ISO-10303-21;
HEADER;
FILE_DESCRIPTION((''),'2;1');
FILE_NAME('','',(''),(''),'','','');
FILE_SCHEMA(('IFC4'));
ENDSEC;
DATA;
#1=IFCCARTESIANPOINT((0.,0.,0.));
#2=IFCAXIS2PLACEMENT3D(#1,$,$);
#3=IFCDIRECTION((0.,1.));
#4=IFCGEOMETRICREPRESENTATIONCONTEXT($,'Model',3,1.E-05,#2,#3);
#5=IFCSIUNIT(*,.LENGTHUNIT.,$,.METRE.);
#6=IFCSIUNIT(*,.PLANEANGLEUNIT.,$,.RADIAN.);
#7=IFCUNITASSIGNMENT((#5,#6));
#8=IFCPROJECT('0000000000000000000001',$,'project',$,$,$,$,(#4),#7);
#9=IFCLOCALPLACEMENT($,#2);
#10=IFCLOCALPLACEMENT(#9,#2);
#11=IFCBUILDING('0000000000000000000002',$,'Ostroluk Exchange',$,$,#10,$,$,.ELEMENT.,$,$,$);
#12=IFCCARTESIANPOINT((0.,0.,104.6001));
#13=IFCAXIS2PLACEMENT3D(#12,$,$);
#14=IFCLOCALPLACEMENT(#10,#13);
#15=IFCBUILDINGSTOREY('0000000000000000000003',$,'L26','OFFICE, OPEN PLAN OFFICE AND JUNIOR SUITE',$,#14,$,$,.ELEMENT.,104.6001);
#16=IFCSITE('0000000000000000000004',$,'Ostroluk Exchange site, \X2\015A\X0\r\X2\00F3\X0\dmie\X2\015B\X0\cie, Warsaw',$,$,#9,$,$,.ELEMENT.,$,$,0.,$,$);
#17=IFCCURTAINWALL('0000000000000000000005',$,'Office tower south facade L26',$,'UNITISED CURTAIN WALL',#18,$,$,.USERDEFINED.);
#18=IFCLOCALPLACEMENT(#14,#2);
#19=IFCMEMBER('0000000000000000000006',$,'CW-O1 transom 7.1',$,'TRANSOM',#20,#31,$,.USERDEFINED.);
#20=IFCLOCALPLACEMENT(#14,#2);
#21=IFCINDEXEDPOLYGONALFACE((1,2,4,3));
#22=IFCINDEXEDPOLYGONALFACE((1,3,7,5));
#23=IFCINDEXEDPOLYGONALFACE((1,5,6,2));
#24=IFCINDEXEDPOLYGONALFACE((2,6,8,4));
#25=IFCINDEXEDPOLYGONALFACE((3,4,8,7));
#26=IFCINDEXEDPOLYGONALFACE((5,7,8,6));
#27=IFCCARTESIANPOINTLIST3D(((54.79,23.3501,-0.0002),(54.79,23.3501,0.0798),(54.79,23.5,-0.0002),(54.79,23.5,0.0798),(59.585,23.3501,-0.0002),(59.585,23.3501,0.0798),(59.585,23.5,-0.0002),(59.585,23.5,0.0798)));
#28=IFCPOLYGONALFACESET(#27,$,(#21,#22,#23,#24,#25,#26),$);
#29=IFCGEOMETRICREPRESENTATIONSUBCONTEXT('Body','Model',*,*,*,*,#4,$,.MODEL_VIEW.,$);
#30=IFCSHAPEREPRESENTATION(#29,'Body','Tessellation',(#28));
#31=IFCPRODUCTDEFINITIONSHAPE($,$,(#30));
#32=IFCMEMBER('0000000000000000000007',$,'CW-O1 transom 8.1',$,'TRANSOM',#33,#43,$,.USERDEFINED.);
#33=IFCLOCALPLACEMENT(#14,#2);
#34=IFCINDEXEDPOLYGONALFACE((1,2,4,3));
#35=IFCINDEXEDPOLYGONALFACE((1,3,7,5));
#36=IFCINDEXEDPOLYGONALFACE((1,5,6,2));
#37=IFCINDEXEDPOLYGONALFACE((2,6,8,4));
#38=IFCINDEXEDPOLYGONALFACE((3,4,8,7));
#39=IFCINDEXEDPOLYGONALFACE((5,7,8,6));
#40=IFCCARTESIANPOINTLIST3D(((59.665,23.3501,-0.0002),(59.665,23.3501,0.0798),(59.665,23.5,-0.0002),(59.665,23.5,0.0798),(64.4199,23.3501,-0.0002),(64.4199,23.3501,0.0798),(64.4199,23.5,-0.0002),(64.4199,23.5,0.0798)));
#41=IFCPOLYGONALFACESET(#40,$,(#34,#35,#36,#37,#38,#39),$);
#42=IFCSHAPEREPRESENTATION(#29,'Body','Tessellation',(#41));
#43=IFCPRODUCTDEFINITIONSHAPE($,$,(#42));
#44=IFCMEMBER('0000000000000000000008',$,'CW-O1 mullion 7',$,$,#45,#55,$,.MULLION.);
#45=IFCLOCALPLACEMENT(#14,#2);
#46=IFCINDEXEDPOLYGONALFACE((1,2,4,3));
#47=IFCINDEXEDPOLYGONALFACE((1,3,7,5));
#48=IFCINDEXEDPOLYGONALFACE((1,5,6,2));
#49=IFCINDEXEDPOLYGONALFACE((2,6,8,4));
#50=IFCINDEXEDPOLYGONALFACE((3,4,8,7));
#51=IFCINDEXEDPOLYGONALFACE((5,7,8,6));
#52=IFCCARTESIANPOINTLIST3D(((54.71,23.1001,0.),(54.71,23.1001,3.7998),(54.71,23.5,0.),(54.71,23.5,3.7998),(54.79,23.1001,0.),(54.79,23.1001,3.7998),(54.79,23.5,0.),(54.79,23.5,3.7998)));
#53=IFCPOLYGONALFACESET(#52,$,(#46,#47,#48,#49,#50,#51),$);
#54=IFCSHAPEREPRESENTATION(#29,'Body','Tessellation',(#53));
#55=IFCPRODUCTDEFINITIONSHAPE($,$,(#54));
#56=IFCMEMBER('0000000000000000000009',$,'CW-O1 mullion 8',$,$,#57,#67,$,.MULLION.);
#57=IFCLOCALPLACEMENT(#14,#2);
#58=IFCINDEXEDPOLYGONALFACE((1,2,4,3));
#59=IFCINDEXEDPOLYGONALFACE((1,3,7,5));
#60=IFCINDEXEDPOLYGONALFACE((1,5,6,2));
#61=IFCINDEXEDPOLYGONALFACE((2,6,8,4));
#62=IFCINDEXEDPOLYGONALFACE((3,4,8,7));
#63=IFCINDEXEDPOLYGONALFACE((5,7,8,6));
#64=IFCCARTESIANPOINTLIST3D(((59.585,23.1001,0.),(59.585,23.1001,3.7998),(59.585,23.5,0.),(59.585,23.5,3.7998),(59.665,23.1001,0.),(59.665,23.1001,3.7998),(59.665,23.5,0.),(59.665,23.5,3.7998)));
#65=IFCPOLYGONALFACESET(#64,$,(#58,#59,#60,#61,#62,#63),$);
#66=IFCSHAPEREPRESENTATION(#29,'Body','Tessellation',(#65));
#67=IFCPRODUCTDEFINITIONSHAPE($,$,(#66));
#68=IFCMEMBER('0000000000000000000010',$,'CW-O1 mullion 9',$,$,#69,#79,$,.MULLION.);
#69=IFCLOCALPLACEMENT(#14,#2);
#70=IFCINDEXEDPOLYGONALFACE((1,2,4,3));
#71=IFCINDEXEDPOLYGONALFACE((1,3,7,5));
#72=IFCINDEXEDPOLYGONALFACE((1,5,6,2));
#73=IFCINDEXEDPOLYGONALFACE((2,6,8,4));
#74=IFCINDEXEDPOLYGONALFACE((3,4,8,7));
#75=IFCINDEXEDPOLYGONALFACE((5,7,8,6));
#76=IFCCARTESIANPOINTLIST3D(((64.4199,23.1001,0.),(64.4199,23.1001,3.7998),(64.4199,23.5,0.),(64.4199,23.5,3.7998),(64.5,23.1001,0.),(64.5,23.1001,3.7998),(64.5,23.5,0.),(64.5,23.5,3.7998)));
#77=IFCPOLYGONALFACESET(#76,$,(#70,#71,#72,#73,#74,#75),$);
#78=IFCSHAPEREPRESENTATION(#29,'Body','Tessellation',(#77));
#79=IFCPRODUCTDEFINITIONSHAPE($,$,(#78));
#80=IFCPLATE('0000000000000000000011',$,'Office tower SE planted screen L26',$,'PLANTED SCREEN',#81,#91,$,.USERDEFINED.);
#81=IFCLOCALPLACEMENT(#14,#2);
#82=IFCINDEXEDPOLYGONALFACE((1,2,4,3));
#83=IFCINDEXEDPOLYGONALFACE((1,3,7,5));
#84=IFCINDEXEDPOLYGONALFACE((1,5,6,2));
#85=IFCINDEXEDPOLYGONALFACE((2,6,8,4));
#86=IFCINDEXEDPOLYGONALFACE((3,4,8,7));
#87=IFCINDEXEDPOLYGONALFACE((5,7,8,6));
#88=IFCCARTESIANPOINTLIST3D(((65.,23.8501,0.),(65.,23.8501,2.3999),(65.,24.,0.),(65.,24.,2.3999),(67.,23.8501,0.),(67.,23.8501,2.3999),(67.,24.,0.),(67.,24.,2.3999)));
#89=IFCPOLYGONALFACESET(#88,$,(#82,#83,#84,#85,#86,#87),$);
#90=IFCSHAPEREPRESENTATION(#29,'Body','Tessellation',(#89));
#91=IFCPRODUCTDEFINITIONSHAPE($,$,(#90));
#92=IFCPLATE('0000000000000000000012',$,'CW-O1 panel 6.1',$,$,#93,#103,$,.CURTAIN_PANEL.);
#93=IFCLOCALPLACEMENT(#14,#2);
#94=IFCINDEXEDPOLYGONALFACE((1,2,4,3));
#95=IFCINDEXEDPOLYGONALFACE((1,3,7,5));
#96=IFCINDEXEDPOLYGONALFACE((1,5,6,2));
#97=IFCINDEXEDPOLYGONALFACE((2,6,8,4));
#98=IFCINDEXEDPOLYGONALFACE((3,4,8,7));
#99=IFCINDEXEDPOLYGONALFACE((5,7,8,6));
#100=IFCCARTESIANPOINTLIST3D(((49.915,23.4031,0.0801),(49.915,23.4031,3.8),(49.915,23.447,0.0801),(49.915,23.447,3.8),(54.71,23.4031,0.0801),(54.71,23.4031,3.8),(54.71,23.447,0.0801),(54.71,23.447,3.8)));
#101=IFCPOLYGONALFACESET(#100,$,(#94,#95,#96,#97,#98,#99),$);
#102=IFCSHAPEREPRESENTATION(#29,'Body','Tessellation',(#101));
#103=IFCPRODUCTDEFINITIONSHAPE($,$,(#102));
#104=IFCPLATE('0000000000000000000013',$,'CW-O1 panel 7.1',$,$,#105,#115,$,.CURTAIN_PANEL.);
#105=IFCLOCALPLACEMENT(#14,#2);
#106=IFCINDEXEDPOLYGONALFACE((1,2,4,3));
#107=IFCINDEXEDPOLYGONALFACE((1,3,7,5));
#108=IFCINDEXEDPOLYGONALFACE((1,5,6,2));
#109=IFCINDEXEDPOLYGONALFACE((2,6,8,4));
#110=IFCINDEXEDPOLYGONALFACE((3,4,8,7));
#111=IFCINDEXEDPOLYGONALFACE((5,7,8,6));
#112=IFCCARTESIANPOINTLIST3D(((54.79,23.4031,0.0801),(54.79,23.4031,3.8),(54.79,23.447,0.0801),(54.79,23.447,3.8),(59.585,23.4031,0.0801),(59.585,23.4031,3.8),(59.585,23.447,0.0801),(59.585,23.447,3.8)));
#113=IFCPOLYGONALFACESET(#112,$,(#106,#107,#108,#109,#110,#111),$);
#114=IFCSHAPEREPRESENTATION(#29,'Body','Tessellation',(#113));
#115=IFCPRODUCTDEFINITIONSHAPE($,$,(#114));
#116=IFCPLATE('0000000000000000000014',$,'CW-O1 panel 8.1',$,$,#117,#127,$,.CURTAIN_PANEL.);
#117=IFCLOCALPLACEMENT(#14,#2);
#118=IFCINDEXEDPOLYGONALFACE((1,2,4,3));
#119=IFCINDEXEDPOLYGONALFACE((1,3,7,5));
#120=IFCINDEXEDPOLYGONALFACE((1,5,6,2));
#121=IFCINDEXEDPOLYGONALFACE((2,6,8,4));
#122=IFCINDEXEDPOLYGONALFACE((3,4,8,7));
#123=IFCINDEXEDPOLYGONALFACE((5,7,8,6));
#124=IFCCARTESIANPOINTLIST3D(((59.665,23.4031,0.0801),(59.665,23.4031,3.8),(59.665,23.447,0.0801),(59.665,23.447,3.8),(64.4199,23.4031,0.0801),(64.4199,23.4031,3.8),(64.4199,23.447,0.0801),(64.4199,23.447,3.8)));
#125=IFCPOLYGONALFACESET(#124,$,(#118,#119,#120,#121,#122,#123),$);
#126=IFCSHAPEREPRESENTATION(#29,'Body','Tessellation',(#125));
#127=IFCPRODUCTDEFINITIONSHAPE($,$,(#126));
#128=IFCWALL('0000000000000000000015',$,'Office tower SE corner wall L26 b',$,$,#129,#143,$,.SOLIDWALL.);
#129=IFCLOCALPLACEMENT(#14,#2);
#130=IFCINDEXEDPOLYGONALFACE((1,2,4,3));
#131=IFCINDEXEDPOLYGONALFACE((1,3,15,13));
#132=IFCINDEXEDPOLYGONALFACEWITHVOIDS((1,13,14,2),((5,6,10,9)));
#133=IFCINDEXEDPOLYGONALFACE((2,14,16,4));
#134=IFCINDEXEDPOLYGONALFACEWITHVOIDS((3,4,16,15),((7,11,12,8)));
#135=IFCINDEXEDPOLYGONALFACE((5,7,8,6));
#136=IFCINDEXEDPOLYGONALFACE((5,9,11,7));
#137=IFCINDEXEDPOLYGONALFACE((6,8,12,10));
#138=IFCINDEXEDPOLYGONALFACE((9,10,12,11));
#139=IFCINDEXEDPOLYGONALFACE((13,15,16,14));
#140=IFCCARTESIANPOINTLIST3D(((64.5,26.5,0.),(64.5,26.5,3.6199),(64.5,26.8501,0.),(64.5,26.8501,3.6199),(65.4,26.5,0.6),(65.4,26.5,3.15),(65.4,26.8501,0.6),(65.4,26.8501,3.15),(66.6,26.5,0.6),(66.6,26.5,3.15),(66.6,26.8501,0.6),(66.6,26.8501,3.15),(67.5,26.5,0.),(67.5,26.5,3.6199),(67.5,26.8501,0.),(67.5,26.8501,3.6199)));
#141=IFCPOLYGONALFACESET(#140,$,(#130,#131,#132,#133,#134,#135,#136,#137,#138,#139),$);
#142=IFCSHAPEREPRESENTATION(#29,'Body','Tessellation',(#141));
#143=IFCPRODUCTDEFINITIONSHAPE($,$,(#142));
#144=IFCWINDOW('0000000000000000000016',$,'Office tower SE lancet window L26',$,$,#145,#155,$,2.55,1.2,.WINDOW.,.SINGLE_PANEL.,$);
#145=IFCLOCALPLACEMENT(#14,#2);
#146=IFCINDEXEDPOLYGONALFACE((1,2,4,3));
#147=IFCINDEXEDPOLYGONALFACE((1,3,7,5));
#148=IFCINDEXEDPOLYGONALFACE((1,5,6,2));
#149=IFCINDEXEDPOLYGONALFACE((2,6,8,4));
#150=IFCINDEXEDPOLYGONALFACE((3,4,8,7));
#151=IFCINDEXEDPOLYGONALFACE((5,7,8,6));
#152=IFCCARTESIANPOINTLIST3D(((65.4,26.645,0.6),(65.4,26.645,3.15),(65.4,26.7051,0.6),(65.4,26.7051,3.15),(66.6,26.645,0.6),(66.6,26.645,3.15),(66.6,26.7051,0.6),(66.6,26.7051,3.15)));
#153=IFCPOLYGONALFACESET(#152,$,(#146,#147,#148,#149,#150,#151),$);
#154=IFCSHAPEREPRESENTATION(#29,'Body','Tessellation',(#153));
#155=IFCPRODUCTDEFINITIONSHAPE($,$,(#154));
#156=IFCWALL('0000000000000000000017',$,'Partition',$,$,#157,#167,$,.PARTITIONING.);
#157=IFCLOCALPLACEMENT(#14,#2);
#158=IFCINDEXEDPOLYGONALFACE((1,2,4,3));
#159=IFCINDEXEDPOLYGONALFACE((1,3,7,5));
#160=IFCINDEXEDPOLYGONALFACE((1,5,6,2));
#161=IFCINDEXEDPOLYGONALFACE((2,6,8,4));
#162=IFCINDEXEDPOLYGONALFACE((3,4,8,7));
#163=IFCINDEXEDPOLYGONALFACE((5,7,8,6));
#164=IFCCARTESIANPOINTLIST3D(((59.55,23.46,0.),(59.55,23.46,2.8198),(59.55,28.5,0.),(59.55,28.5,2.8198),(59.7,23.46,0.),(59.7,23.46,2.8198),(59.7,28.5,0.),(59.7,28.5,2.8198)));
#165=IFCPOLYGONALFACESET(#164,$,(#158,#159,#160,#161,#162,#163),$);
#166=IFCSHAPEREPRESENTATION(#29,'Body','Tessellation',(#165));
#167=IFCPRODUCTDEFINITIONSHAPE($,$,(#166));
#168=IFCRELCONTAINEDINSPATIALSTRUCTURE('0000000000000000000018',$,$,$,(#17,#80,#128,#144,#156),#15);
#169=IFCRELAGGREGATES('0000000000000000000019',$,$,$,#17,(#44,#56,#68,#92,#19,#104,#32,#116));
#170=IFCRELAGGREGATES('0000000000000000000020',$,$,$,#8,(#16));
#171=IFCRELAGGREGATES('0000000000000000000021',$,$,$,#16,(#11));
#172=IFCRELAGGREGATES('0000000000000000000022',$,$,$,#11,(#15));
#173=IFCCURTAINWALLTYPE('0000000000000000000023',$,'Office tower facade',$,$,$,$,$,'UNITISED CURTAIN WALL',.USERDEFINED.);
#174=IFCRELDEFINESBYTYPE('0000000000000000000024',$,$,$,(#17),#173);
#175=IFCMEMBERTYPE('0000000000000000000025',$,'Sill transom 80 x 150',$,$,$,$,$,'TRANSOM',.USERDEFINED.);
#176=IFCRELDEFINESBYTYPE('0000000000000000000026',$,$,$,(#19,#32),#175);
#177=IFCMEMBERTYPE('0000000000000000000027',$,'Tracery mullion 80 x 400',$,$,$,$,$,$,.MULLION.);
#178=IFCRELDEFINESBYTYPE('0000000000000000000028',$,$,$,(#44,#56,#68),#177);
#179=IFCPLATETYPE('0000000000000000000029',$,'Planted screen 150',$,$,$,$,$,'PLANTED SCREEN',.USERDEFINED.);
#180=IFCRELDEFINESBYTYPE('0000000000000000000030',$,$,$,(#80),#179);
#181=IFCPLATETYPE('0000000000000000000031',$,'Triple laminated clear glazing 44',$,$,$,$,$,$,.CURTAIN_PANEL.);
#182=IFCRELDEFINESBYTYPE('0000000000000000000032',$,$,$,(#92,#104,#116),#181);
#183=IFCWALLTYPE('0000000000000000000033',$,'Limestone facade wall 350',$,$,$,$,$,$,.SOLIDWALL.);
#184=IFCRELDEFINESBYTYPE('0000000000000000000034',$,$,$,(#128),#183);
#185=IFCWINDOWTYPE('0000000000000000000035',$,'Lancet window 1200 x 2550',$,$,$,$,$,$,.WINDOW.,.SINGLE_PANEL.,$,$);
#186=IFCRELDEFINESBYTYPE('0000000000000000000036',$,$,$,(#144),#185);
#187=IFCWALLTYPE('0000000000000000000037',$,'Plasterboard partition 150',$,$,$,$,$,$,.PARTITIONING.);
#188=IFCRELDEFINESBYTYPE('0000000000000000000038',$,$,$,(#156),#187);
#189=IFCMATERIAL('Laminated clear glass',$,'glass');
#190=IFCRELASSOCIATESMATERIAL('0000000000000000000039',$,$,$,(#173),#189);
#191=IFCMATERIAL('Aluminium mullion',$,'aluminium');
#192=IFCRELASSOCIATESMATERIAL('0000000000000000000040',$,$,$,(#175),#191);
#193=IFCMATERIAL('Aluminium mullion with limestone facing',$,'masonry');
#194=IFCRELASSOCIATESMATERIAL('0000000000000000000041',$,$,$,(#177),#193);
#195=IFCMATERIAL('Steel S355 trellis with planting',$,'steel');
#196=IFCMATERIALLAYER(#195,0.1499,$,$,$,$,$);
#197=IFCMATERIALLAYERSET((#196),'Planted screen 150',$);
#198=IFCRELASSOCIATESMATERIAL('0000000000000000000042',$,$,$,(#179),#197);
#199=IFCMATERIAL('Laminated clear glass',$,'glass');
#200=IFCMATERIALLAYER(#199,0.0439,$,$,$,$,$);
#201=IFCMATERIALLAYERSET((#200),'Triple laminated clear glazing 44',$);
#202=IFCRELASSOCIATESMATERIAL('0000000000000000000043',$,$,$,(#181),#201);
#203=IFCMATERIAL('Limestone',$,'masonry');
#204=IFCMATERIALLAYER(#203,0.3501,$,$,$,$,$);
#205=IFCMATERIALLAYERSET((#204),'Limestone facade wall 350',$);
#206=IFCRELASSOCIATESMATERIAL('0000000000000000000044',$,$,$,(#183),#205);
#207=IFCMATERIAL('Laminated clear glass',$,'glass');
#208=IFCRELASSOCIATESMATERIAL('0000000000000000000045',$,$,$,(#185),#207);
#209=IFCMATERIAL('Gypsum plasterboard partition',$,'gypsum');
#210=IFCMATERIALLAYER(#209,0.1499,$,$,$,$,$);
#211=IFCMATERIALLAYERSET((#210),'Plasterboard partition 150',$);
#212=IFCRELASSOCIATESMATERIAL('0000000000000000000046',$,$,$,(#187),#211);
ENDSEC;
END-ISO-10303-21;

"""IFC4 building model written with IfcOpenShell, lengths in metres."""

from ifc_helpers import new_model, si_unit, direction, frame, frame_2d, origin, origin_2d, place, context, subcontext, project, spatial, rectangle, extrude, material, layer, layer_set, material_profile, profile_set, type_object, element, fill, aggregate, save


model = new_model("IFC4")

# Units and contexts
model_context = context("Model", 3, precision=1e-05, world=origin(), true_north=direction((0.0, 1.0)))
body_context = subcontext(model_context, "Body", "Model", "MODEL_VIEW")
ifc_project = project(units=[si_unit("LENGTHUNIT", "METRE"), si_unit("PLANEANGLEUNIT", "RADIAN")], contexts=[model_context])

# Site, building, storey
site_placement = place(None, origin())
site = spatial("IfcSite", under=ifc_project, at=site_placement, Name="Ostroluk Exchange site, Śródmieście, Warsaw", CompositionType="ELEMENT", RefElevation=0.0)
building_placement = place(site_placement, origin())
building = spatial("IfcBuilding", under=site, at=building_placement, Name="Ostroluk Exchange", CompositionType="ELEMENT")
storey_placement = place(building_placement, frame((0.0, 0.0, 104.6001)))
storey = spatial("IfcBuildingStorey", under=building, at=storey_placement, Name="L26", Description="OFFICE, OPEN PLAN OFFICE AND JUNIOR SUITE", CompositionType="ELEMENT", Elevation=104.6001)

# Curtain wall, members
ifc_material_1 = material(Name="Laminated clear glass", Category="glass")
curtain_wall_type = type_object("IfcCurtainWallType", Name="Office tower facade", ElementType="UNITISED CURTAIN WALL", PredefinedType="USERDEFINED", material=ifc_material_1)
curtain_wall_placement = place(storey_placement, origin())
curtain_wall = element("IfcCurtainWall", 1, at=curtain_wall_placement, inside=storey, type_object=curtain_wall_type, Name="Office tower south facade L26", ObjectType="UNITISED CURTAIN WALL", PredefinedType="USERDEFINED")
ifc_material_2 = material(Name="Aluminium mullion", Category="aluminium")
ifc_material_profile_1 = material_profile(ifc_material_2, rectangle(XDim=0.1499, YDim=0.0801, at=origin_2d()), Name="Sill transom 80 x 150")
ifc_profile_set_1 = profile_set([ifc_material_profile_1], Name="Aluminium mullion")
member_type_1 = type_object("IfcMemberType", Name="Sill transom 80 x 150", ElementType="TRANSOM", PredefinedType="USERDEFINED", material=ifc_profile_set_1)
member_1_placement = place(storey_placement, frame((54.79, 23.425, 0.0398), z_axis=(1.0, 0.0, 0.0), x_axis=(0.0, 1.0, 0.0)))
member_1 = element("IfcMember", 2, at=member_1_placement, type_object=member_type_1, Name="CW-O1 transom 7.1", ObjectType="TRANSOM", PredefinedType="USERDEFINED", context=body_context, shape_type="SweptSolid", body=[
    extrude(rectangle(XDim=0.1499, YDim=0.0801, at=origin_2d()), origin(), (0.0, 0.0, 1.0), 4.7949),
])
member_2_placement = place(storey_placement, frame((59.665, 23.425, 0.0398), z_axis=(1.0, 0.0, 0.0), x_axis=(0.0, 1.0, 0.0)))
member_2 = element("IfcMember", 3, at=member_2_placement, type_object=member_type_1, Name="CW-O1 transom 8.1", ObjectType="TRANSOM", PredefinedType="USERDEFINED", context=body_context, shape_type="SweptSolid", body=[
    extrude(rectangle(XDim=0.1499, YDim=0.0801, at=origin_2d()), origin(), (0.0, 0.0, 1.0), 4.7549),
])
ifc_material_3 = material(Name="Aluminium mullion with limestone facing", Category="masonry")
ifc_material_profile_2 = material_profile(ifc_material_3, rectangle(XDim=0.3999, YDim=0.0801, at=origin_2d()), Name="Tracery mullion 80 x 400")
ifc_profile_set_2 = profile_set([ifc_material_profile_2], Name="Aluminium mullion with limestone facing")
member_type_2 = type_object("IfcMemberType", Name="Tracery mullion 80 x 400", PredefinedType="MULLION", material=ifc_profile_set_2)
member_3_placement = place(storey_placement, frame((54.75, 23.3, 0.0), z_axis=(0.0, 0.0, 1.0), x_axis=(0.0, 1.0, 0.0)))
member_3 = element("IfcMember", 4, at=member_3_placement, type_object=member_type_2, Name="CW-O1 mullion 7", PredefinedType="MULLION", context=body_context, shape_type="SweptSolid", body=[
    extrude(rectangle(XDim=0.3999, YDim=0.0801, at=origin_2d()), origin(), (0.0, 0.0, 1.0), 3.7998),
])
member_4_placement = place(storey_placement, frame((59.625, 23.3, 0.0), z_axis=(0.0, 0.0, 1.0), x_axis=(0.0, 1.0, 0.0)))
member_4 = element("IfcMember", 5, at=member_4_placement, type_object=member_type_2, Name="CW-O1 mullion 8", PredefinedType="MULLION", context=body_context, shape_type="SweptSolid", body=[
    extrude(rectangle(XDim=0.3999, YDim=0.0801, at=origin_2d()), origin(), (0.0, 0.0, 1.0), 3.7998),
])
member_5_placement = place(storey_placement, frame((64.46, 23.3, 0.0), z_axis=(0.0, 0.0, 1.0), x_axis=(0.0, 1.0, 0.0)))
member_5 = element("IfcMember", 6, at=member_5_placement, type_object=member_type_2, Name="CW-O1 mullion 9", PredefinedType="MULLION", context=body_context, shape_type="SweptSolid", body=[
    extrude(rectangle(XDim=0.3999, YDim=0.0801, at=origin_2d()), origin(), (0.0, 0.0, 1.0), 3.7998),
])

# Plates
ifc_material_4 = material(Name="Steel S355 trellis with planting", Category="steel")
ifc_layer_1 = layer(ifc_material_4, 0.1499)
ifc_layer_set_1 = layer_set([ifc_layer_1], Name="Planted screen 150")
plate_type_1 = type_object("IfcPlateType", Name="Planted screen 150", ElementType="PLANTED SCREEN", PredefinedType="USERDEFINED", material=ifc_layer_set_1)
plate_1_placement = place(storey_placement, frame((66.0, 23.925, 0.0), z_axis=(0.0, 0.0, 1.0), x_axis=(1.0, 0.0, 0.0)))
element("IfcPlate", 7, at=plate_1_placement, inside=storey, type_object=plate_type_1, Name="Office tower SE planted screen L26", ObjectType="PLANTED SCREEN", PredefinedType="USERDEFINED", context=body_context, shape_type="SweptSolid", body=[
    extrude(rectangle(XDim=2.0, YDim=0.1499, at=origin_2d()), origin(), (0.0, 0.0, 1.0), 2.3999),
])
ifc_material_5 = material(Name="Laminated clear glass", Category="glass")
ifc_layer_2 = layer(ifc_material_5, 0.0439)
ifc_layer_set_2 = layer_set([ifc_layer_2], Name="Triple laminated clear glazing 44")
plate_type_2 = type_object("IfcPlateType", Name="Triple laminated clear glazing 44", PredefinedType="CURTAIN_PANEL", material=ifc_layer_set_2)
plate_2_placement = place(storey_placement, frame((52.3125, 23.425, 0.0801), z_axis=(0.0, 0.0, 1.0), x_axis=(1.0, 0.0, 0.0)))
plate_2 = element("IfcPlate", 8, at=plate_2_placement, type_object=plate_type_2, Name="CW-O1 panel 6.1", PredefinedType="CURTAIN_PANEL", context=body_context, shape_type="SweptSolid", body=[
    extrude(rectangle(XDim=4.7949, YDim=0.0439, at=origin_2d()), origin(), (0.0, 0.0, 1.0), 3.72),
])
plate_3_placement = place(storey_placement, frame((57.1875, 23.425, 0.0801), z_axis=(0.0, 0.0, 1.0), x_axis=(1.0, 0.0, 0.0)))
plate_3 = element("IfcPlate", 9, at=plate_3_placement, type_object=plate_type_2, Name="CW-O1 panel 7.1", PredefinedType="CURTAIN_PANEL", context=body_context, shape_type="SweptSolid", body=[
    extrude(rectangle(XDim=4.7949, YDim=0.0439, at=origin_2d()), origin(), (0.0, 0.0, 1.0), 3.72),
])
plate_4_placement = place(storey_placement, frame((62.0425, 23.425, 0.0801), z_axis=(0.0, 0.0, 1.0), x_axis=(1.0, 0.0, 0.0)))
plate_4 = element("IfcPlate", 10, at=plate_4_placement, type_object=plate_type_2, Name="CW-O1 panel 8.1", PredefinedType="CURTAIN_PANEL", context=body_context, shape_type="SweptSolid", body=[
    extrude(rectangle(XDim=4.7549, YDim=0.0439, at=origin_2d()), origin(), (0.0, 0.0, 1.0), 3.72),
])
aggregate(curtain_wall, [member_3, member_4, member_5, plate_2, member_1, plate_3, member_2, plate_4])

# Shared definitions
ifc_material_6 = material(Name="Limestone", Category="masonry")
ifc_layer_3 = layer(ifc_material_6, 0.3501)
ifc_layer_set_3 = layer_set([ifc_layer_3], Name="Limestone facade wall 350")
wall_type_1 = type_object("IfcWallType", Name="Limestone facade wall 350", PredefinedType="SOLIDWALL", material=ifc_layer_set_3)

# Wall, opening, window
wall_1_placement = place(storey_placement, frame((64.5, 26.675, 0.0), z_axis=(0.0, 0.0, 1.0), x_axis=(1.0, 0.0, 0.0)))
wall_1 = element("IfcWall", 11, at=wall_1_placement, inside=storey, type_object=wall_type_1, Name="Office tower SE corner wall L26 b", PredefinedType="SOLIDWALL", context=body_context, shape_type="SweptSolid", body=[
    extrude(rectangle(XDim=3.0, YDim=0.3501, at=frame_2d((1.5, 0.0))), origin(), (0.0, 0.0, 1.0), 3.6199),
])
opening_1_placement = place(wall_1_placement, frame((0.8999, 0.0, 0.6001)))
opening_1 = element("IfcOpeningElement", 12, at=opening_1_placement, cuts=wall_1, PredefinedType="OPENING", context=body_context, shape_type="SweptSolid", body=[
    extrude(rectangle(XDim=1.2, YDim=2.55, at=frame_2d((0.6001, 1.2749))), frame((0.0, 0.1851, 0.0), z_axis=(0.0, -1.0, 0.0), x_axis=(1.0, 0.0, 0.0)), (0.0, 0.0, 1.0), 0.3701),
])
ifc_material_7 = material(Name="Laminated clear glass", Category="glass")
window_type = type_object("IfcWindowType", Name="Lancet window 1200 x 2550", PartitioningType="SINGLE_PANEL", PredefinedType="WINDOW", material=ifc_material_7)
window_placement = place(opening_1_placement, origin())
window = element("IfcWindow", 13, at=window_placement, inside=storey, type_object=window_type, Name="Office tower SE lancet window L26", OverallHeight=2.55, OverallWidth=1.2, PartitioningType="SINGLE_PANEL", PredefinedType="WINDOW", context=body_context, shape_type="SweptSolid", body=[
    extrude(rectangle(XDim=1.2, YDim=2.55, at=frame_2d((0.6001, 1.2749))), frame((0.0, 0.03, 0.0), z_axis=(0.0, -1.0, 0.0), x_axis=(1.0, 0.0, 0.0)), (0.0, 0.0, 1.0), 0.0601),
])
fill(opening_1, window)

# Wall
ifc_material_8 = material(Name="Gypsum plasterboard partition", Category="gypsum")
ifc_layer_4 = layer(ifc_material_8, 0.1499)
ifc_layer_set_4 = layer_set([ifc_layer_4], Name="Plasterboard partition 150")
wall_type_2 = type_object("IfcWallType", Name="Plasterboard partition 150", PredefinedType="PARTITIONING", material=ifc_layer_set_4)
wall_2_placement = place(storey_placement, frame((59.625, 28.5, 0.0), z_axis=(0.0, 0.0, 1.0), x_axis=(0.0, -1.0, 0.0)))
element("IfcWall", 14, at=wall_2_placement, inside=storey, type_object=wall_type_2, Name="Partition", PredefinedType="PARTITIONING", context=body_context, shape_type="SweptSolid", body=[
    extrude(rectangle(XDim=5.04, YDim=0.1499, at=frame_2d((2.52, 0.0))), origin(), (0.0, 0.0, 1.0), 2.8198),
])

save(model, "model.ifc")
